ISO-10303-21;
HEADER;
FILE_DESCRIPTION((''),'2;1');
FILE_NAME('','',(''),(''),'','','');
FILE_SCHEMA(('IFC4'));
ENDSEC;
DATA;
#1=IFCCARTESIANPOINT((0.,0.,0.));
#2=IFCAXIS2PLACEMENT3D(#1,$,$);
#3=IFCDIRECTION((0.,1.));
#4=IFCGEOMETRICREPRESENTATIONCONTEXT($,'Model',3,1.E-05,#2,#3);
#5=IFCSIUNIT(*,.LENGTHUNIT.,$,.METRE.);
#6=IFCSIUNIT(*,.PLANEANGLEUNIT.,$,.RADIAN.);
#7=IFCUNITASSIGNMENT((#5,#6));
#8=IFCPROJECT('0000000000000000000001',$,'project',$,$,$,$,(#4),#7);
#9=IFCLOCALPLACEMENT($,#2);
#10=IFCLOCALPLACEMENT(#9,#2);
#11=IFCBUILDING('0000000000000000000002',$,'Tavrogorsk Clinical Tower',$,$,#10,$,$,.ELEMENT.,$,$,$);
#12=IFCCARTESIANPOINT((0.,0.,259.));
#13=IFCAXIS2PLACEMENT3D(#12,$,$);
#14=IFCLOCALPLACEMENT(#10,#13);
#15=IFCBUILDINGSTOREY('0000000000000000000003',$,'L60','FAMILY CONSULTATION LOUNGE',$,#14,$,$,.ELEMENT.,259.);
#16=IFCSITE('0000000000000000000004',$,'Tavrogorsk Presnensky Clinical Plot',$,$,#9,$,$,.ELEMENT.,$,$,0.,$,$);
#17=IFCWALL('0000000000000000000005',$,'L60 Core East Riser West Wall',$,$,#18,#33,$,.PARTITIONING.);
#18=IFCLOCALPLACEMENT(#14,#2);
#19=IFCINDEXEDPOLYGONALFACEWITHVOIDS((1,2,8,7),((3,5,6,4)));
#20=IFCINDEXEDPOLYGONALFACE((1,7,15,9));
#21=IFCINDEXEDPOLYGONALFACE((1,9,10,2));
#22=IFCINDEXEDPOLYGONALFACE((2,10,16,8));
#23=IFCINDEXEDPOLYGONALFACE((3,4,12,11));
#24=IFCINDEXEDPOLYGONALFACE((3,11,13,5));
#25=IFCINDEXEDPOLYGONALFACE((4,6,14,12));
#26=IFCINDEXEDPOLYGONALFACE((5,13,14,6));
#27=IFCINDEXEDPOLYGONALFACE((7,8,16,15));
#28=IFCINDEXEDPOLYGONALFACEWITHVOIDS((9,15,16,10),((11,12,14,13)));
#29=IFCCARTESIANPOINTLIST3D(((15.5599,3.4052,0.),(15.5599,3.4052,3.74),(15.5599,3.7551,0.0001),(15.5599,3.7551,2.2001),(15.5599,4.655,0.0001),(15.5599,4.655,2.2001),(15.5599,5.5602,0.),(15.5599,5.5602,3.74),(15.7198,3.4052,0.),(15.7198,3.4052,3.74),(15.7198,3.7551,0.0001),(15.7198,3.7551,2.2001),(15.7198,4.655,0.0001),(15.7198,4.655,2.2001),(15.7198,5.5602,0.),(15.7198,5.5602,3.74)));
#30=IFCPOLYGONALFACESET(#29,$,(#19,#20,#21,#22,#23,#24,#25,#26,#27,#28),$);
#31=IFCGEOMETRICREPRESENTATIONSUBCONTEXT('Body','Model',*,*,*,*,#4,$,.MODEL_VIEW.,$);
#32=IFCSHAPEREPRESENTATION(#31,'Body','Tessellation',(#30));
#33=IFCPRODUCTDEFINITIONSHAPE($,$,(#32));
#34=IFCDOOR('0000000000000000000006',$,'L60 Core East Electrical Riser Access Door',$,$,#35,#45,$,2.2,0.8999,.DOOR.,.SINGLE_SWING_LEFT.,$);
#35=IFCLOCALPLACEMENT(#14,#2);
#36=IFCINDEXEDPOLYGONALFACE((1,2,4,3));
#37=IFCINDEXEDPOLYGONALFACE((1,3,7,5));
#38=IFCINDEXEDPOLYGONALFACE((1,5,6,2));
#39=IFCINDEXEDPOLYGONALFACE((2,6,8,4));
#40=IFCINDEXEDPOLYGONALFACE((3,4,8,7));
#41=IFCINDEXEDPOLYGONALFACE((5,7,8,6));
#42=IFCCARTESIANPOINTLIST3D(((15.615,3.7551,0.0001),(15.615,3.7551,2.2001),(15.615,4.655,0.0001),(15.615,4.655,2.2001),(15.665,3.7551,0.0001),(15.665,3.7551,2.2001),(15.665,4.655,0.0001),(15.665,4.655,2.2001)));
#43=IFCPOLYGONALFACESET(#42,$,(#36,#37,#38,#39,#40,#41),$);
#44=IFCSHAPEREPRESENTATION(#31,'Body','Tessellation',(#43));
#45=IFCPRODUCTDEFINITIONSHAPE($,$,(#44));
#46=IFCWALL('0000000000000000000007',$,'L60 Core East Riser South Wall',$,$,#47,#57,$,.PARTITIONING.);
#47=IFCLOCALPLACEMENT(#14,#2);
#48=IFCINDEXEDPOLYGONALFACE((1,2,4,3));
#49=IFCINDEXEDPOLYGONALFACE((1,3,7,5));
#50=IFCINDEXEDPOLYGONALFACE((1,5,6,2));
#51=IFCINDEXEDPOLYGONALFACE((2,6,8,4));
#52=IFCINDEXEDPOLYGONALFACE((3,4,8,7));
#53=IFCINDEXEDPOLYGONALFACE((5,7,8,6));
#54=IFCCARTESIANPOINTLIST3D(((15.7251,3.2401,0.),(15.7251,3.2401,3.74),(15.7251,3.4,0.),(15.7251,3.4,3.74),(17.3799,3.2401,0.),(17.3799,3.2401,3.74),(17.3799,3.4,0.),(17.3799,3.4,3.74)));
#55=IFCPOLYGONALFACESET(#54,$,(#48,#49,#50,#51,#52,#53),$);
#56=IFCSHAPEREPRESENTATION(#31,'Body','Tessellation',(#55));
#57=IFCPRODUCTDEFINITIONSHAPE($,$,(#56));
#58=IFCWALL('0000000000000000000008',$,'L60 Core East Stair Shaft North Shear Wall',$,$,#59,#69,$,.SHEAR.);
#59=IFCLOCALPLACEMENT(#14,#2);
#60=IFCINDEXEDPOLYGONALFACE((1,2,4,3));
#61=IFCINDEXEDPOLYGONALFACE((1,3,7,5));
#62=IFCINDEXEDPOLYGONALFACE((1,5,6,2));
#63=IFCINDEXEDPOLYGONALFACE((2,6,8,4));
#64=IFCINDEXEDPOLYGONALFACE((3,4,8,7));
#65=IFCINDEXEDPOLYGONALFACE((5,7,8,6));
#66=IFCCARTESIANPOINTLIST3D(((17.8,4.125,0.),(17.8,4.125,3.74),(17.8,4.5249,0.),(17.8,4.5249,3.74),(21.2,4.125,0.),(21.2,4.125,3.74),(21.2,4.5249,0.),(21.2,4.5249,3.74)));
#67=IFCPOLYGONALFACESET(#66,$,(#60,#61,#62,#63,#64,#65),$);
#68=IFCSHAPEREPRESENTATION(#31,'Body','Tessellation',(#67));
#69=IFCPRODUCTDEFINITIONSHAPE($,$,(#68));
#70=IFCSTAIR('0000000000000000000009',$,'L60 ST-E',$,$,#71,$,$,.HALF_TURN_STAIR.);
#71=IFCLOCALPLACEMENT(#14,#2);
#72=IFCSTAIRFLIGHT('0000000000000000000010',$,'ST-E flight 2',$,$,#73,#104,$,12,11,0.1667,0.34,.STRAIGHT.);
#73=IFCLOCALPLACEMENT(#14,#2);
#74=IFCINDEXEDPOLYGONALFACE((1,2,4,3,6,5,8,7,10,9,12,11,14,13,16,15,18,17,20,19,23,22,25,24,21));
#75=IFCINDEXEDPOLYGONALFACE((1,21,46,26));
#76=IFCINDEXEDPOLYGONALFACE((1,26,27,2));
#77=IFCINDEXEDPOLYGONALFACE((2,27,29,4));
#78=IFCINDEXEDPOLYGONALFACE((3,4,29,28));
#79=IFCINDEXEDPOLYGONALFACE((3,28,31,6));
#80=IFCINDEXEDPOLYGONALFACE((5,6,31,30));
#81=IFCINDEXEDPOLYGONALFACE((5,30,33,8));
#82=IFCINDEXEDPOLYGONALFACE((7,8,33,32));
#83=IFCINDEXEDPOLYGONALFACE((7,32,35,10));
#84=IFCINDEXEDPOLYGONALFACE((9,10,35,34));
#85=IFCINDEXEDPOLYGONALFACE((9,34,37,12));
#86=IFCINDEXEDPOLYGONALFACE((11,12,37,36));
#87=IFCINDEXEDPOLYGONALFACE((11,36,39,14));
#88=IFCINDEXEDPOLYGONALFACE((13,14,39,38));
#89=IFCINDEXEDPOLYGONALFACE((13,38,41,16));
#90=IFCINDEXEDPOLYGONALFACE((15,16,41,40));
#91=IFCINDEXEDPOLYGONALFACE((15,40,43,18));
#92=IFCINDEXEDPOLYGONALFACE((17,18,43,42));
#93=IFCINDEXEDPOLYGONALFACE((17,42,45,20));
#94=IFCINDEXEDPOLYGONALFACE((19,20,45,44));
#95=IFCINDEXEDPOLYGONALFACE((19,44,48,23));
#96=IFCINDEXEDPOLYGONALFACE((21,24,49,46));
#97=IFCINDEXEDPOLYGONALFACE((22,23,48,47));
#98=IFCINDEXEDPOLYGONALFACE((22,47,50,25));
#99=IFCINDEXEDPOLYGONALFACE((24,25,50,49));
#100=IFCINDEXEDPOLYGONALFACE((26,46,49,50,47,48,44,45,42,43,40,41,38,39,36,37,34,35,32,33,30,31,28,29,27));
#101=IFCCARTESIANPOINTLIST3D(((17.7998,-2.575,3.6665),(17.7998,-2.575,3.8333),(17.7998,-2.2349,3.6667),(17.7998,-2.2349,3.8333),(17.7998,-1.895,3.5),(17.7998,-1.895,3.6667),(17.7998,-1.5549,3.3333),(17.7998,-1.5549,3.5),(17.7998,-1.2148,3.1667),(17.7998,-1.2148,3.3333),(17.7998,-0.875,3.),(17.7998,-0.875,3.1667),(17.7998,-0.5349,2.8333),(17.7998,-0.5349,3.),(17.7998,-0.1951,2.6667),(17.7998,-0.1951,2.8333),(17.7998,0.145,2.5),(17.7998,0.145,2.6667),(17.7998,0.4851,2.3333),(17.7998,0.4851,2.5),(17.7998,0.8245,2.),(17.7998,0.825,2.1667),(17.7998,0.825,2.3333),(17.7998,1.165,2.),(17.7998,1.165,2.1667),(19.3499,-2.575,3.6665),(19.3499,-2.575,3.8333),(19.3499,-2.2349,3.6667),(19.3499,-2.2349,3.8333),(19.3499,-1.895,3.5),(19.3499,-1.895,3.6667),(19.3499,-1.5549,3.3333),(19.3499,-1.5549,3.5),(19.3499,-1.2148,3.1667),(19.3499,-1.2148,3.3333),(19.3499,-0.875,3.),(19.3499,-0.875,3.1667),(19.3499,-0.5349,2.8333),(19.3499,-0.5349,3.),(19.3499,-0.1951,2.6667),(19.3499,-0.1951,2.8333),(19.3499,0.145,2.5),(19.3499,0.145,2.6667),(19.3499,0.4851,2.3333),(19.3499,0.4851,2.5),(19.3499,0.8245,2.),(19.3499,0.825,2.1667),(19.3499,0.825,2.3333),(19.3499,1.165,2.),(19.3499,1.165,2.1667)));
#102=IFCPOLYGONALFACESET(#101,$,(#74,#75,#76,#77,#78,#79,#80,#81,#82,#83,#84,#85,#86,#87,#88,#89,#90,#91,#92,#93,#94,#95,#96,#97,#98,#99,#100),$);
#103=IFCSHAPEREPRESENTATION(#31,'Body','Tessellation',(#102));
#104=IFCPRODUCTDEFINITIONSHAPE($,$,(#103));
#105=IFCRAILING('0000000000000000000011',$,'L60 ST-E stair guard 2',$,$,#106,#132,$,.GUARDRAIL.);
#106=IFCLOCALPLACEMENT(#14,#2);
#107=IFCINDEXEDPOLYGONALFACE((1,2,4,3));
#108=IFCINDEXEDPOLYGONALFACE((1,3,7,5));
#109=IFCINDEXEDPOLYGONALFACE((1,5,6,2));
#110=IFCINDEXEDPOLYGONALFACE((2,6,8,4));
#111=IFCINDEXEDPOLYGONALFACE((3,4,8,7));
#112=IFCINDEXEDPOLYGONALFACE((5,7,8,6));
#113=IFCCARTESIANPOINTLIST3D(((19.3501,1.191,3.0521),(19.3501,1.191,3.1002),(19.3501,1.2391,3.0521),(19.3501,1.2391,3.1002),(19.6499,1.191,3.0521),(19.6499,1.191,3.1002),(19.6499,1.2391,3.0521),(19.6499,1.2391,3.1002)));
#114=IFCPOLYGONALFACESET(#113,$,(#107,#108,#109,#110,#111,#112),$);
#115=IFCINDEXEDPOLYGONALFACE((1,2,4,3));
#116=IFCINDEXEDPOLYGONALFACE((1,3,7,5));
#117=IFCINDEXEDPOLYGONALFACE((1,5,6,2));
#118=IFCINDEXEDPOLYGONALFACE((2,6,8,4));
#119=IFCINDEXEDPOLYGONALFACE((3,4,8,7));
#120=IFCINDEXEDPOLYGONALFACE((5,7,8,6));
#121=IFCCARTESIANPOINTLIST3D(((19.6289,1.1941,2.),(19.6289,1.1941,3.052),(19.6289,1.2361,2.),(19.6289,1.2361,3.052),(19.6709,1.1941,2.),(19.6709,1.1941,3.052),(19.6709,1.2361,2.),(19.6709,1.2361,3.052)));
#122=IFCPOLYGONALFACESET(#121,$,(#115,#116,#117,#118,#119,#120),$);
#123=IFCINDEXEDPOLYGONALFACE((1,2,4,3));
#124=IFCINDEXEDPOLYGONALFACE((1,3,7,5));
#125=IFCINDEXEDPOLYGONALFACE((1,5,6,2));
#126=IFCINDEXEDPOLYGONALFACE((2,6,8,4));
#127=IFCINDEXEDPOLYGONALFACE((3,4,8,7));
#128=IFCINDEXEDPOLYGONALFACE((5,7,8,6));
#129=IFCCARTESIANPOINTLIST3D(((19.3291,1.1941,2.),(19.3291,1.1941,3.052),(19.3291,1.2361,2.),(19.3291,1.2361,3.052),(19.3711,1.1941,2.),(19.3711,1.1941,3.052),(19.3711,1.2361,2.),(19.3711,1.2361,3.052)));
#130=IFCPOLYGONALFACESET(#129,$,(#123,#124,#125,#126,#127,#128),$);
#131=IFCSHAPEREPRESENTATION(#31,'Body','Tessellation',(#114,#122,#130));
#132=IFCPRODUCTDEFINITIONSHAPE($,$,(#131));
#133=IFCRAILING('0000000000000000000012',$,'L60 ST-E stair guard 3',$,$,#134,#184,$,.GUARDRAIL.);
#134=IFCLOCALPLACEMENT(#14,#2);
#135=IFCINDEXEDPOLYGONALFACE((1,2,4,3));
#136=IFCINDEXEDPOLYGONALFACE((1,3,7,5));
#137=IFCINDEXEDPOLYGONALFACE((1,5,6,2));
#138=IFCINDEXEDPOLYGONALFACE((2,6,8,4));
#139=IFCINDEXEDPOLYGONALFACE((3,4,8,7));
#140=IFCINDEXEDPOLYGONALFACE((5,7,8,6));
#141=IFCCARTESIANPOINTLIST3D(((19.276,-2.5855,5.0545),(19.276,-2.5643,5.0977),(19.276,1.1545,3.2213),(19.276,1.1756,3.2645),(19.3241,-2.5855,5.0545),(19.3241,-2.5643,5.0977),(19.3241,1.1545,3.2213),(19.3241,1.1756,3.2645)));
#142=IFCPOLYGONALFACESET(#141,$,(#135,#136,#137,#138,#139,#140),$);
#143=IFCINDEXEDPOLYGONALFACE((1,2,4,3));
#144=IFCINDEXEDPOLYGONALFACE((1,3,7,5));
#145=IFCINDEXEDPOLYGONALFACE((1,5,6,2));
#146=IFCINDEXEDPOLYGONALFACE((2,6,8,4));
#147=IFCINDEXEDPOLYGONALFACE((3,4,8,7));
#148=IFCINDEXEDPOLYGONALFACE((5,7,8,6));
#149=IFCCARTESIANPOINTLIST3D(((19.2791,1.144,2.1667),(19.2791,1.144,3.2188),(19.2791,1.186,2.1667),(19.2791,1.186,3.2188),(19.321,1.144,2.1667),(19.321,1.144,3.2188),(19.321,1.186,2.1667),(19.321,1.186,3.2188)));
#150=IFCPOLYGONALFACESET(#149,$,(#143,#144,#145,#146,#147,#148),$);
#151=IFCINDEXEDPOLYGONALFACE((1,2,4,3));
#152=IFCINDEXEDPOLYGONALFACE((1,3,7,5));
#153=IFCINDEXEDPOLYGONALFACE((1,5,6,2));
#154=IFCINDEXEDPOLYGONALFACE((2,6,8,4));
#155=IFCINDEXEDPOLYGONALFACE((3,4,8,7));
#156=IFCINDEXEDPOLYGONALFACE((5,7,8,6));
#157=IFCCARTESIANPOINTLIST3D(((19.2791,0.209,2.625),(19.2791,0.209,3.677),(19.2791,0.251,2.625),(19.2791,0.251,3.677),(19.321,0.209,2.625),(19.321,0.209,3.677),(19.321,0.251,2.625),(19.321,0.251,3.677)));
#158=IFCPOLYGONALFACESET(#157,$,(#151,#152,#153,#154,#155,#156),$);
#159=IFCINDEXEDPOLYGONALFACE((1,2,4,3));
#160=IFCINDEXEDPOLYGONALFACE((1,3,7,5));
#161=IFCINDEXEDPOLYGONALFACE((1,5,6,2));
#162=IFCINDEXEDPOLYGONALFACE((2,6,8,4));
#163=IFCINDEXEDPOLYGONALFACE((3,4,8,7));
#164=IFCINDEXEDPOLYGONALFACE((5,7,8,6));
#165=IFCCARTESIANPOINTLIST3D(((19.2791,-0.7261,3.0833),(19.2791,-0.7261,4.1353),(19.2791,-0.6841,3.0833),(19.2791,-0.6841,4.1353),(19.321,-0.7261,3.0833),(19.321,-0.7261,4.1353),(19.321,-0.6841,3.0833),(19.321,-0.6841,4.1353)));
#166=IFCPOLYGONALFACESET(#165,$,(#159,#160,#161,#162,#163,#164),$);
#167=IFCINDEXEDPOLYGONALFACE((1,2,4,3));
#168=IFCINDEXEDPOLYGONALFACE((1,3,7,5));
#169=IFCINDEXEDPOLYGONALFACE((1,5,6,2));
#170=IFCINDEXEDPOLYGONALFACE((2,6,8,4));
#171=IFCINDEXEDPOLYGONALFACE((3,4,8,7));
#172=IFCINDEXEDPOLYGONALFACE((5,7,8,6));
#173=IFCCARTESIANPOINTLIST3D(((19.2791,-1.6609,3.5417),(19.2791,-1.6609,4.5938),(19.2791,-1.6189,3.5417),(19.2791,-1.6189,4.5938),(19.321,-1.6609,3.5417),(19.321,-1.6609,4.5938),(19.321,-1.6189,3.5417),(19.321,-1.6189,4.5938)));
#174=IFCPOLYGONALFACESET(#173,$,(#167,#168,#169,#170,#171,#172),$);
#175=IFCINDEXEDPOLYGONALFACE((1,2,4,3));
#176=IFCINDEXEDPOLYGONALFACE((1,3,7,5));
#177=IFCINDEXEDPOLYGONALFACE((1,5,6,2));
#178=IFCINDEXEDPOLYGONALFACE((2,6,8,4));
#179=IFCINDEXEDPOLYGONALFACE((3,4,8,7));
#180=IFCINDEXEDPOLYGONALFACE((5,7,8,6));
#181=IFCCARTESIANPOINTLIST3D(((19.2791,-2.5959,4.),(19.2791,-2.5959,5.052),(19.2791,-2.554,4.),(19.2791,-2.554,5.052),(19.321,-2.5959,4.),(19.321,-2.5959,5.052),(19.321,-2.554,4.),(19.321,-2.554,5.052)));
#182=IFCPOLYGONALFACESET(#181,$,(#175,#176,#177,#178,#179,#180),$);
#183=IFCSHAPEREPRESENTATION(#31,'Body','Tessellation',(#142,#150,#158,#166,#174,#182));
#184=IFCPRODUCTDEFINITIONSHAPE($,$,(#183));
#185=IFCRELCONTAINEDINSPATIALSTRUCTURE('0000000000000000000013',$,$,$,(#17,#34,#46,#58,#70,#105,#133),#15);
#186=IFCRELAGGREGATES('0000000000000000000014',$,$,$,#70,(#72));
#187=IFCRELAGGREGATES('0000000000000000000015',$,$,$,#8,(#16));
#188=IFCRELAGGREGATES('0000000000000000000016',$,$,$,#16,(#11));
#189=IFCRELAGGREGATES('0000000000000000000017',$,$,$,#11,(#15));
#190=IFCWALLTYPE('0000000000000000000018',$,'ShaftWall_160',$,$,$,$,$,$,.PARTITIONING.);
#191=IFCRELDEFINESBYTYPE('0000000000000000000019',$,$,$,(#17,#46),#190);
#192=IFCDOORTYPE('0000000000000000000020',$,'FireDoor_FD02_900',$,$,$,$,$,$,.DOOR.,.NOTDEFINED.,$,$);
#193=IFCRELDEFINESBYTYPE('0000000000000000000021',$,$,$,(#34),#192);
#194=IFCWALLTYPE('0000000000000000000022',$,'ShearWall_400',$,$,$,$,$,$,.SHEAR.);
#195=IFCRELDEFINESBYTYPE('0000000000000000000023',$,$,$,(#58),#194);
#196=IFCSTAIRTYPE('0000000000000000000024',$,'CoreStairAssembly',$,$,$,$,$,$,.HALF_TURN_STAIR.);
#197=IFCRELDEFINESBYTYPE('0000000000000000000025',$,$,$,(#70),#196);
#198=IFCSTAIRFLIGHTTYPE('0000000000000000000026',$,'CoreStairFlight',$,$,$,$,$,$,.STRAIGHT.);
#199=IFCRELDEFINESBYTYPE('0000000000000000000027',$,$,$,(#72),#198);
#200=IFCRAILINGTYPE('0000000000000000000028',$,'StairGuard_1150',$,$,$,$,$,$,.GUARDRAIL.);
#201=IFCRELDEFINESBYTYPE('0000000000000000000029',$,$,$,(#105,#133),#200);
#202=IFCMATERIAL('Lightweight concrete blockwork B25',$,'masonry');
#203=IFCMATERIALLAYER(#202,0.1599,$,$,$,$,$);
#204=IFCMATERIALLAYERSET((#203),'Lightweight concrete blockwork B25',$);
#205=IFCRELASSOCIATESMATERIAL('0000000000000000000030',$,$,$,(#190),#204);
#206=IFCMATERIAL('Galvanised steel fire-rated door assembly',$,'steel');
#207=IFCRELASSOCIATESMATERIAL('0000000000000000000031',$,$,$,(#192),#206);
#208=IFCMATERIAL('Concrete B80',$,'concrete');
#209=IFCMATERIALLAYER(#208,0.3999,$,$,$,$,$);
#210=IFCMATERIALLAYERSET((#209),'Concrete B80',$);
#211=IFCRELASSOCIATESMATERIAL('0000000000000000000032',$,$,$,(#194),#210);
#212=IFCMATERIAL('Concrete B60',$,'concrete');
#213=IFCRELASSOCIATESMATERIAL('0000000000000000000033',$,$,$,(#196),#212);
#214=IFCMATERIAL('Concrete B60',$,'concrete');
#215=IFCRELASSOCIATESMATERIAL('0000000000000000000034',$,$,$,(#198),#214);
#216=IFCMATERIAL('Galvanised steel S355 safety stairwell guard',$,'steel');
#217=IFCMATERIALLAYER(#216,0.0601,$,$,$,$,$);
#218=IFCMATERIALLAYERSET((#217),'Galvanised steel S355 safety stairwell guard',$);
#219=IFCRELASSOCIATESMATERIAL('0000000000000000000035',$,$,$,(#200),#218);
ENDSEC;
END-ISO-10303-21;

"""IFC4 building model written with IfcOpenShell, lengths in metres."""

from ifc_helpers import new_model, si_unit, direction, frame, frame_2d, origin, origin_2d, place, context, subcontext, project, spatial, polyline, rectangle, outline, extrude, material, layer, layer_set, type_object, element, fill, aggregate, save


model = new_model("IFC4")

# Units and contexts
model_context = context("Model", 3, precision=1e-05, world=origin(), true_north=direction((0.0, 1.0)))
body_context = subcontext(model_context, "Body", "Model", "MODEL_VIEW")
ifc_project = project(units=[si_unit("LENGTHUNIT", "METRE"), si_unit("PLANEANGLEUNIT", "RADIAN")], contexts=[model_context])

# Site, building, storey
site_placement = place(None, origin())
site = spatial("IfcSite", under=ifc_project, at=site_placement, Name="Tavrogorsk Presnensky Clinical Plot", CompositionType="ELEMENT", RefElevation=0.0)
building_placement = place(site_placement, origin())
building = spatial("IfcBuilding", under=site, at=building_placement, Name="Tavrogorsk Clinical Tower", CompositionType="ELEMENT")
storey_placement = place(building_placement, frame((0.0, 0.0, 259.0)))
storey = spatial("IfcBuildingStorey", under=building, at=storey_placement, Name="L60", Description="FAMILY CONSULTATION LOUNGE", CompositionType="ELEMENT", Elevation=259.0)

# Wall, opening, door
ifc_material_1 = material(Name="Lightweight concrete blockwork B25", Category="masonry")
ifc_layer_1 = layer(ifc_material_1, 0.1599)
ifc_layer_set_1 = layer_set([ifc_layer_1], Name="Lightweight concrete blockwork B25")
wall_type_1 = type_object("IfcWallType", Name="ShaftWall_160", PredefinedType="PARTITIONING", material=ifc_layer_set_1)
wall_1_placement = place(storey_placement, frame((15.6399, 3.405, 0.0), z_axis=(0.0, 0.0, 1.0), x_axis=(0.0, 1.0, 0.0)))
wall_1 = element("IfcWall", 1, at=wall_1_placement, inside=storey, type_object=wall_type_1, Name="L60 Core East Riser West Wall", PredefinedType="PARTITIONING", context=body_context, shape_type="SweptSolid", body=[
    extrude(rectangle(XDim=2.155, YDim=0.1599, at=frame_2d((1.0776, 0.0))), origin(), (0.0, 0.0, 1.0), 3.74),
])
opening_1_placement = place(wall_1_placement, frame((0.3501, 0.0, 0.0)))
opening_1 = element("IfcOpeningElement", 2, at=opening_1_placement, cuts=wall_1, PredefinedType="OPENING", context=body_context, shape_type="SweptSolid", body=[
    extrude(rectangle(XDim=0.8999, YDim=2.2, at=frame_2d((0.45, 1.1001))), frame((0.0, 0.0898, 0.0), z_axis=(0.0, -1.0, 0.0), x_axis=(1.0, 0.0, 0.0)), (0.0, 0.0, 1.0), 0.1799),
])
ifc_material_2 = material(Name="Galvanised steel fire-rated door assembly", Category="steel")
door_type_1 = type_object("IfcDoorType", Name="FireDoor_FD02_900", OperationType="NOTDEFINED", PredefinedType="DOOR", material=ifc_material_2)
door_1_placement = place(opening_1_placement, origin())
door_1 = element("IfcDoor", 3, at=door_1_placement, inside=storey, type_object=door_type_1, Name="L60 Core East Electrical Riser Access Door", OperationType="SINGLE_SWING_LEFT", OverallHeight=2.2, OverallWidth=0.8999, PredefinedType="DOOR", context=body_context, shape_type="SweptSolid", body=[
    extrude(rectangle(XDim=0.8999, YDim=2.2, at=frame_2d((0.45, 1.1001))), frame((0.0, 0.0249, 0.0), z_axis=(0.0, -1.0, 0.0), x_axis=(1.0, 0.0, 0.0)), (0.0, 0.0, 1.0), 0.05),
])
fill(opening_1, door_1)

# Walls
wall_2_placement = place(storey_placement, frame((15.7251, 3.3201, 0.0), z_axis=(0.0, 0.0, 1.0), x_axis=(1.0, 0.0, 0.0)))
element("IfcWall", 4, at=wall_2_placement, inside=storey, type_object=wall_type_1, Name="L60 Core East Riser South Wall", PredefinedType="PARTITIONING", context=body_context, shape_type="SweptSolid", body=[
    extrude(rectangle(XDim=1.6548, YDim=0.1599, at=frame_2d((0.8274, 0.0))), origin(), (0.0, 0.0, 1.0), 3.74),
])
ifc_material_3 = material(Name="Concrete B80", Category="concrete")
ifc_layer_2 = layer(ifc_material_3, 0.3999)
ifc_layer_set_2 = layer_set([ifc_layer_2], Name="Concrete B80")
wall_type_2 = type_object("IfcWallType", Name="ShearWall_400", PredefinedType="SHEAR", material=ifc_layer_set_2)
wall_3_placement = place(storey_placement, frame((17.8, 4.325, 0.0), z_axis=(0.0, 0.0, 1.0), x_axis=(1.0, 0.0, 0.0)))
element("IfcWall", 5, at=wall_3_placement, inside=storey, type_object=wall_type_2, Name="L60 Core East Stair Shaft North Shear Wall", PredefinedType="SHEAR", context=body_context, shape_type="SweptSolid", body=[
    extrude(rectangle(XDim=3.3999, YDim=0.3999, at=frame_2d((1.7, 0.0))), origin(), (0.0, 0.0, 1.0), 3.74),
])

# Stair, stair flight
ifc_material_4 = material(Name="Concrete B60", Category="concrete")
stair_type = type_object("IfcStairType", Name="CoreStairAssembly", PredefinedType="HALF_TURN_STAIR", material=ifc_material_4)
stair_placement = place(storey_placement, origin())
stair = element("IfcStair", 6, at=stair_placement, inside=storey, type_object=stair_type, Name="L60 ST-E", PredefinedType="HALF_TURN_STAIR")
ifc_material_5 = material(Name="Concrete B60", Category="concrete")
stair_flight_type = type_object("IfcStairFlightType", Name="CoreStairFlight", PredefinedType="STRAIGHT", material=ifc_material_5)
stair_flight_placement = place(storey_placement, frame((18.575, 1.165, 2.0), z_axis=(0.0, 0.0, 1.0), x_axis=(0.0, -1.0, 0.0)))
stair_flight = element("IfcStairFlight", 7, at=stair_flight_placement, type_object=stair_flight_type, Name="ST-E flight 2", NumberOfRisers=12, NumberOfTreads=11, PredefinedType="STRAIGHT", RiserHeight=0.1667, TreadLength=0.34, context=body_context, shape_type="SweptSolid", body=[
    extrude(outline(polyline([(0.0, 0.0), (0.0, 0.1667), (0.3401, 0.1667), (0.3401, 0.3333), (0.6799, 0.3333), (0.6799, 0.5), (1.02, 0.5), (1.02, 0.6667), (1.3601, 0.6667), (1.3601, 0.8333), (1.7, 0.8333), (1.7, 1.0), (2.04, 1.0), (2.04, 1.1667), (2.3799, 1.1667), (2.3799, 1.3333), (2.72, 1.3333), (2.72, 1.5), (3.0601, 1.5), (3.0601, 1.6667), (3.3999, 1.6667), (3.3999, 1.8333), (3.74, 1.8333), (3.74, 2.0), (3.74, 1.6665), (0.3406, 0.0), (0.0, 0.0)])), frame((0.0, 0.7749, 0.0), z_axis=(0.0, -1.0, 0.0), x_axis=(1.0, 0.0, 0.0)), (0.0, 0.0, 1.0), 1.55),
])
aggregate(stair, [stair_flight])

# Railings
ifc_material_6 = material(Name="Galvanised steel S355 safety stairwell guard", Category="steel")
ifc_layer_3 = layer(ifc_material_6, 0.0601)
ifc_layer_set_3 = layer_set([ifc_layer_3], Name="Galvanised steel S355 safety stairwell guard")
railing_type_1 = type_object("IfcRailingType", Name="StairGuard_1150", PredefinedType="GUARDRAIL", material=ifc_layer_set_3)
railing_1_placement = place(storey_placement, frame((19.6499, 1.2151, 2.0)))
element("IfcRailing", 8, at=railing_1_placement, inside=storey, type_object=railing_type_1, Name="L60 ST-E stair guard 2", PredefinedType="GUARDRAIL", context=body_context, shape_type="SweptSolid", body=[
    extrude(rectangle(XDim=0.0481, YDim=0.0481, at=origin_2d()), frame((0.0, 0.0, 1.0762), z_axis=(-1.0, 0.0, 0.0), x_axis=(0.0, -1.0, 0.0)), (0.0, 0.0, 1.0), 0.2998),
    extrude(rectangle(XDim=0.042, YDim=0.042, at=origin_2d()), origin(), (0.0, 0.0, 1.0), 1.052),
    extrude(rectangle(XDim=0.042, YDim=0.042, at=origin_2d()), frame((-0.2998, 0.0, 0.0)), (0.0, 0.0, 1.0), 1.052),
])
railing_2_placement = place(storey_placement, frame((19.3, 1.165, 2.1667)))
element("IfcRailing", 9, at=railing_2_placement, inside=storey, type_object=railing_type_1, Name="L60 ST-E stair guard 3", PredefinedType="GUARDRAIL", context=body_context, shape_type="SweptSolid", body=[
    extrude(rectangle(XDim=0.0481, YDim=0.0481, at=origin_2d()), frame((0.0, 0.0, 1.0762), z_axis=(0.0, -0.897928, 0.440142), x_axis=(1.0, 0.0, 0.0)), (0.0, 0.0, 1.0), 4.165),
    extrude(rectangle(XDim=0.042, YDim=0.042, at=origin_2d()), origin(), (0.0, 0.0, 1.0), 1.052),
    extrude(rectangle(XDim=0.042, YDim=0.042, at=origin_2d()), frame((0.0, -0.9351, 0.4583)), (0.0, 0.0, 1.0), 1.052),
    extrude(rectangle(XDim=0.042, YDim=0.042, at=origin_2d()), frame((0.0, -1.8701, 0.9165)), (0.0, 0.0, 1.0), 1.052),
    extrude(rectangle(XDim=0.042, YDim=0.042, at=origin_2d()), frame((0.0, -2.8049, 1.375)), (0.0, 0.0, 1.0), 1.052),
    extrude(rectangle(XDim=0.042, YDim=0.042, at=origin_2d()), frame((0.0, -3.74, 1.8333)), (0.0, 0.0, 1.0), 1.052),
])

save(model, "model.ifc")
